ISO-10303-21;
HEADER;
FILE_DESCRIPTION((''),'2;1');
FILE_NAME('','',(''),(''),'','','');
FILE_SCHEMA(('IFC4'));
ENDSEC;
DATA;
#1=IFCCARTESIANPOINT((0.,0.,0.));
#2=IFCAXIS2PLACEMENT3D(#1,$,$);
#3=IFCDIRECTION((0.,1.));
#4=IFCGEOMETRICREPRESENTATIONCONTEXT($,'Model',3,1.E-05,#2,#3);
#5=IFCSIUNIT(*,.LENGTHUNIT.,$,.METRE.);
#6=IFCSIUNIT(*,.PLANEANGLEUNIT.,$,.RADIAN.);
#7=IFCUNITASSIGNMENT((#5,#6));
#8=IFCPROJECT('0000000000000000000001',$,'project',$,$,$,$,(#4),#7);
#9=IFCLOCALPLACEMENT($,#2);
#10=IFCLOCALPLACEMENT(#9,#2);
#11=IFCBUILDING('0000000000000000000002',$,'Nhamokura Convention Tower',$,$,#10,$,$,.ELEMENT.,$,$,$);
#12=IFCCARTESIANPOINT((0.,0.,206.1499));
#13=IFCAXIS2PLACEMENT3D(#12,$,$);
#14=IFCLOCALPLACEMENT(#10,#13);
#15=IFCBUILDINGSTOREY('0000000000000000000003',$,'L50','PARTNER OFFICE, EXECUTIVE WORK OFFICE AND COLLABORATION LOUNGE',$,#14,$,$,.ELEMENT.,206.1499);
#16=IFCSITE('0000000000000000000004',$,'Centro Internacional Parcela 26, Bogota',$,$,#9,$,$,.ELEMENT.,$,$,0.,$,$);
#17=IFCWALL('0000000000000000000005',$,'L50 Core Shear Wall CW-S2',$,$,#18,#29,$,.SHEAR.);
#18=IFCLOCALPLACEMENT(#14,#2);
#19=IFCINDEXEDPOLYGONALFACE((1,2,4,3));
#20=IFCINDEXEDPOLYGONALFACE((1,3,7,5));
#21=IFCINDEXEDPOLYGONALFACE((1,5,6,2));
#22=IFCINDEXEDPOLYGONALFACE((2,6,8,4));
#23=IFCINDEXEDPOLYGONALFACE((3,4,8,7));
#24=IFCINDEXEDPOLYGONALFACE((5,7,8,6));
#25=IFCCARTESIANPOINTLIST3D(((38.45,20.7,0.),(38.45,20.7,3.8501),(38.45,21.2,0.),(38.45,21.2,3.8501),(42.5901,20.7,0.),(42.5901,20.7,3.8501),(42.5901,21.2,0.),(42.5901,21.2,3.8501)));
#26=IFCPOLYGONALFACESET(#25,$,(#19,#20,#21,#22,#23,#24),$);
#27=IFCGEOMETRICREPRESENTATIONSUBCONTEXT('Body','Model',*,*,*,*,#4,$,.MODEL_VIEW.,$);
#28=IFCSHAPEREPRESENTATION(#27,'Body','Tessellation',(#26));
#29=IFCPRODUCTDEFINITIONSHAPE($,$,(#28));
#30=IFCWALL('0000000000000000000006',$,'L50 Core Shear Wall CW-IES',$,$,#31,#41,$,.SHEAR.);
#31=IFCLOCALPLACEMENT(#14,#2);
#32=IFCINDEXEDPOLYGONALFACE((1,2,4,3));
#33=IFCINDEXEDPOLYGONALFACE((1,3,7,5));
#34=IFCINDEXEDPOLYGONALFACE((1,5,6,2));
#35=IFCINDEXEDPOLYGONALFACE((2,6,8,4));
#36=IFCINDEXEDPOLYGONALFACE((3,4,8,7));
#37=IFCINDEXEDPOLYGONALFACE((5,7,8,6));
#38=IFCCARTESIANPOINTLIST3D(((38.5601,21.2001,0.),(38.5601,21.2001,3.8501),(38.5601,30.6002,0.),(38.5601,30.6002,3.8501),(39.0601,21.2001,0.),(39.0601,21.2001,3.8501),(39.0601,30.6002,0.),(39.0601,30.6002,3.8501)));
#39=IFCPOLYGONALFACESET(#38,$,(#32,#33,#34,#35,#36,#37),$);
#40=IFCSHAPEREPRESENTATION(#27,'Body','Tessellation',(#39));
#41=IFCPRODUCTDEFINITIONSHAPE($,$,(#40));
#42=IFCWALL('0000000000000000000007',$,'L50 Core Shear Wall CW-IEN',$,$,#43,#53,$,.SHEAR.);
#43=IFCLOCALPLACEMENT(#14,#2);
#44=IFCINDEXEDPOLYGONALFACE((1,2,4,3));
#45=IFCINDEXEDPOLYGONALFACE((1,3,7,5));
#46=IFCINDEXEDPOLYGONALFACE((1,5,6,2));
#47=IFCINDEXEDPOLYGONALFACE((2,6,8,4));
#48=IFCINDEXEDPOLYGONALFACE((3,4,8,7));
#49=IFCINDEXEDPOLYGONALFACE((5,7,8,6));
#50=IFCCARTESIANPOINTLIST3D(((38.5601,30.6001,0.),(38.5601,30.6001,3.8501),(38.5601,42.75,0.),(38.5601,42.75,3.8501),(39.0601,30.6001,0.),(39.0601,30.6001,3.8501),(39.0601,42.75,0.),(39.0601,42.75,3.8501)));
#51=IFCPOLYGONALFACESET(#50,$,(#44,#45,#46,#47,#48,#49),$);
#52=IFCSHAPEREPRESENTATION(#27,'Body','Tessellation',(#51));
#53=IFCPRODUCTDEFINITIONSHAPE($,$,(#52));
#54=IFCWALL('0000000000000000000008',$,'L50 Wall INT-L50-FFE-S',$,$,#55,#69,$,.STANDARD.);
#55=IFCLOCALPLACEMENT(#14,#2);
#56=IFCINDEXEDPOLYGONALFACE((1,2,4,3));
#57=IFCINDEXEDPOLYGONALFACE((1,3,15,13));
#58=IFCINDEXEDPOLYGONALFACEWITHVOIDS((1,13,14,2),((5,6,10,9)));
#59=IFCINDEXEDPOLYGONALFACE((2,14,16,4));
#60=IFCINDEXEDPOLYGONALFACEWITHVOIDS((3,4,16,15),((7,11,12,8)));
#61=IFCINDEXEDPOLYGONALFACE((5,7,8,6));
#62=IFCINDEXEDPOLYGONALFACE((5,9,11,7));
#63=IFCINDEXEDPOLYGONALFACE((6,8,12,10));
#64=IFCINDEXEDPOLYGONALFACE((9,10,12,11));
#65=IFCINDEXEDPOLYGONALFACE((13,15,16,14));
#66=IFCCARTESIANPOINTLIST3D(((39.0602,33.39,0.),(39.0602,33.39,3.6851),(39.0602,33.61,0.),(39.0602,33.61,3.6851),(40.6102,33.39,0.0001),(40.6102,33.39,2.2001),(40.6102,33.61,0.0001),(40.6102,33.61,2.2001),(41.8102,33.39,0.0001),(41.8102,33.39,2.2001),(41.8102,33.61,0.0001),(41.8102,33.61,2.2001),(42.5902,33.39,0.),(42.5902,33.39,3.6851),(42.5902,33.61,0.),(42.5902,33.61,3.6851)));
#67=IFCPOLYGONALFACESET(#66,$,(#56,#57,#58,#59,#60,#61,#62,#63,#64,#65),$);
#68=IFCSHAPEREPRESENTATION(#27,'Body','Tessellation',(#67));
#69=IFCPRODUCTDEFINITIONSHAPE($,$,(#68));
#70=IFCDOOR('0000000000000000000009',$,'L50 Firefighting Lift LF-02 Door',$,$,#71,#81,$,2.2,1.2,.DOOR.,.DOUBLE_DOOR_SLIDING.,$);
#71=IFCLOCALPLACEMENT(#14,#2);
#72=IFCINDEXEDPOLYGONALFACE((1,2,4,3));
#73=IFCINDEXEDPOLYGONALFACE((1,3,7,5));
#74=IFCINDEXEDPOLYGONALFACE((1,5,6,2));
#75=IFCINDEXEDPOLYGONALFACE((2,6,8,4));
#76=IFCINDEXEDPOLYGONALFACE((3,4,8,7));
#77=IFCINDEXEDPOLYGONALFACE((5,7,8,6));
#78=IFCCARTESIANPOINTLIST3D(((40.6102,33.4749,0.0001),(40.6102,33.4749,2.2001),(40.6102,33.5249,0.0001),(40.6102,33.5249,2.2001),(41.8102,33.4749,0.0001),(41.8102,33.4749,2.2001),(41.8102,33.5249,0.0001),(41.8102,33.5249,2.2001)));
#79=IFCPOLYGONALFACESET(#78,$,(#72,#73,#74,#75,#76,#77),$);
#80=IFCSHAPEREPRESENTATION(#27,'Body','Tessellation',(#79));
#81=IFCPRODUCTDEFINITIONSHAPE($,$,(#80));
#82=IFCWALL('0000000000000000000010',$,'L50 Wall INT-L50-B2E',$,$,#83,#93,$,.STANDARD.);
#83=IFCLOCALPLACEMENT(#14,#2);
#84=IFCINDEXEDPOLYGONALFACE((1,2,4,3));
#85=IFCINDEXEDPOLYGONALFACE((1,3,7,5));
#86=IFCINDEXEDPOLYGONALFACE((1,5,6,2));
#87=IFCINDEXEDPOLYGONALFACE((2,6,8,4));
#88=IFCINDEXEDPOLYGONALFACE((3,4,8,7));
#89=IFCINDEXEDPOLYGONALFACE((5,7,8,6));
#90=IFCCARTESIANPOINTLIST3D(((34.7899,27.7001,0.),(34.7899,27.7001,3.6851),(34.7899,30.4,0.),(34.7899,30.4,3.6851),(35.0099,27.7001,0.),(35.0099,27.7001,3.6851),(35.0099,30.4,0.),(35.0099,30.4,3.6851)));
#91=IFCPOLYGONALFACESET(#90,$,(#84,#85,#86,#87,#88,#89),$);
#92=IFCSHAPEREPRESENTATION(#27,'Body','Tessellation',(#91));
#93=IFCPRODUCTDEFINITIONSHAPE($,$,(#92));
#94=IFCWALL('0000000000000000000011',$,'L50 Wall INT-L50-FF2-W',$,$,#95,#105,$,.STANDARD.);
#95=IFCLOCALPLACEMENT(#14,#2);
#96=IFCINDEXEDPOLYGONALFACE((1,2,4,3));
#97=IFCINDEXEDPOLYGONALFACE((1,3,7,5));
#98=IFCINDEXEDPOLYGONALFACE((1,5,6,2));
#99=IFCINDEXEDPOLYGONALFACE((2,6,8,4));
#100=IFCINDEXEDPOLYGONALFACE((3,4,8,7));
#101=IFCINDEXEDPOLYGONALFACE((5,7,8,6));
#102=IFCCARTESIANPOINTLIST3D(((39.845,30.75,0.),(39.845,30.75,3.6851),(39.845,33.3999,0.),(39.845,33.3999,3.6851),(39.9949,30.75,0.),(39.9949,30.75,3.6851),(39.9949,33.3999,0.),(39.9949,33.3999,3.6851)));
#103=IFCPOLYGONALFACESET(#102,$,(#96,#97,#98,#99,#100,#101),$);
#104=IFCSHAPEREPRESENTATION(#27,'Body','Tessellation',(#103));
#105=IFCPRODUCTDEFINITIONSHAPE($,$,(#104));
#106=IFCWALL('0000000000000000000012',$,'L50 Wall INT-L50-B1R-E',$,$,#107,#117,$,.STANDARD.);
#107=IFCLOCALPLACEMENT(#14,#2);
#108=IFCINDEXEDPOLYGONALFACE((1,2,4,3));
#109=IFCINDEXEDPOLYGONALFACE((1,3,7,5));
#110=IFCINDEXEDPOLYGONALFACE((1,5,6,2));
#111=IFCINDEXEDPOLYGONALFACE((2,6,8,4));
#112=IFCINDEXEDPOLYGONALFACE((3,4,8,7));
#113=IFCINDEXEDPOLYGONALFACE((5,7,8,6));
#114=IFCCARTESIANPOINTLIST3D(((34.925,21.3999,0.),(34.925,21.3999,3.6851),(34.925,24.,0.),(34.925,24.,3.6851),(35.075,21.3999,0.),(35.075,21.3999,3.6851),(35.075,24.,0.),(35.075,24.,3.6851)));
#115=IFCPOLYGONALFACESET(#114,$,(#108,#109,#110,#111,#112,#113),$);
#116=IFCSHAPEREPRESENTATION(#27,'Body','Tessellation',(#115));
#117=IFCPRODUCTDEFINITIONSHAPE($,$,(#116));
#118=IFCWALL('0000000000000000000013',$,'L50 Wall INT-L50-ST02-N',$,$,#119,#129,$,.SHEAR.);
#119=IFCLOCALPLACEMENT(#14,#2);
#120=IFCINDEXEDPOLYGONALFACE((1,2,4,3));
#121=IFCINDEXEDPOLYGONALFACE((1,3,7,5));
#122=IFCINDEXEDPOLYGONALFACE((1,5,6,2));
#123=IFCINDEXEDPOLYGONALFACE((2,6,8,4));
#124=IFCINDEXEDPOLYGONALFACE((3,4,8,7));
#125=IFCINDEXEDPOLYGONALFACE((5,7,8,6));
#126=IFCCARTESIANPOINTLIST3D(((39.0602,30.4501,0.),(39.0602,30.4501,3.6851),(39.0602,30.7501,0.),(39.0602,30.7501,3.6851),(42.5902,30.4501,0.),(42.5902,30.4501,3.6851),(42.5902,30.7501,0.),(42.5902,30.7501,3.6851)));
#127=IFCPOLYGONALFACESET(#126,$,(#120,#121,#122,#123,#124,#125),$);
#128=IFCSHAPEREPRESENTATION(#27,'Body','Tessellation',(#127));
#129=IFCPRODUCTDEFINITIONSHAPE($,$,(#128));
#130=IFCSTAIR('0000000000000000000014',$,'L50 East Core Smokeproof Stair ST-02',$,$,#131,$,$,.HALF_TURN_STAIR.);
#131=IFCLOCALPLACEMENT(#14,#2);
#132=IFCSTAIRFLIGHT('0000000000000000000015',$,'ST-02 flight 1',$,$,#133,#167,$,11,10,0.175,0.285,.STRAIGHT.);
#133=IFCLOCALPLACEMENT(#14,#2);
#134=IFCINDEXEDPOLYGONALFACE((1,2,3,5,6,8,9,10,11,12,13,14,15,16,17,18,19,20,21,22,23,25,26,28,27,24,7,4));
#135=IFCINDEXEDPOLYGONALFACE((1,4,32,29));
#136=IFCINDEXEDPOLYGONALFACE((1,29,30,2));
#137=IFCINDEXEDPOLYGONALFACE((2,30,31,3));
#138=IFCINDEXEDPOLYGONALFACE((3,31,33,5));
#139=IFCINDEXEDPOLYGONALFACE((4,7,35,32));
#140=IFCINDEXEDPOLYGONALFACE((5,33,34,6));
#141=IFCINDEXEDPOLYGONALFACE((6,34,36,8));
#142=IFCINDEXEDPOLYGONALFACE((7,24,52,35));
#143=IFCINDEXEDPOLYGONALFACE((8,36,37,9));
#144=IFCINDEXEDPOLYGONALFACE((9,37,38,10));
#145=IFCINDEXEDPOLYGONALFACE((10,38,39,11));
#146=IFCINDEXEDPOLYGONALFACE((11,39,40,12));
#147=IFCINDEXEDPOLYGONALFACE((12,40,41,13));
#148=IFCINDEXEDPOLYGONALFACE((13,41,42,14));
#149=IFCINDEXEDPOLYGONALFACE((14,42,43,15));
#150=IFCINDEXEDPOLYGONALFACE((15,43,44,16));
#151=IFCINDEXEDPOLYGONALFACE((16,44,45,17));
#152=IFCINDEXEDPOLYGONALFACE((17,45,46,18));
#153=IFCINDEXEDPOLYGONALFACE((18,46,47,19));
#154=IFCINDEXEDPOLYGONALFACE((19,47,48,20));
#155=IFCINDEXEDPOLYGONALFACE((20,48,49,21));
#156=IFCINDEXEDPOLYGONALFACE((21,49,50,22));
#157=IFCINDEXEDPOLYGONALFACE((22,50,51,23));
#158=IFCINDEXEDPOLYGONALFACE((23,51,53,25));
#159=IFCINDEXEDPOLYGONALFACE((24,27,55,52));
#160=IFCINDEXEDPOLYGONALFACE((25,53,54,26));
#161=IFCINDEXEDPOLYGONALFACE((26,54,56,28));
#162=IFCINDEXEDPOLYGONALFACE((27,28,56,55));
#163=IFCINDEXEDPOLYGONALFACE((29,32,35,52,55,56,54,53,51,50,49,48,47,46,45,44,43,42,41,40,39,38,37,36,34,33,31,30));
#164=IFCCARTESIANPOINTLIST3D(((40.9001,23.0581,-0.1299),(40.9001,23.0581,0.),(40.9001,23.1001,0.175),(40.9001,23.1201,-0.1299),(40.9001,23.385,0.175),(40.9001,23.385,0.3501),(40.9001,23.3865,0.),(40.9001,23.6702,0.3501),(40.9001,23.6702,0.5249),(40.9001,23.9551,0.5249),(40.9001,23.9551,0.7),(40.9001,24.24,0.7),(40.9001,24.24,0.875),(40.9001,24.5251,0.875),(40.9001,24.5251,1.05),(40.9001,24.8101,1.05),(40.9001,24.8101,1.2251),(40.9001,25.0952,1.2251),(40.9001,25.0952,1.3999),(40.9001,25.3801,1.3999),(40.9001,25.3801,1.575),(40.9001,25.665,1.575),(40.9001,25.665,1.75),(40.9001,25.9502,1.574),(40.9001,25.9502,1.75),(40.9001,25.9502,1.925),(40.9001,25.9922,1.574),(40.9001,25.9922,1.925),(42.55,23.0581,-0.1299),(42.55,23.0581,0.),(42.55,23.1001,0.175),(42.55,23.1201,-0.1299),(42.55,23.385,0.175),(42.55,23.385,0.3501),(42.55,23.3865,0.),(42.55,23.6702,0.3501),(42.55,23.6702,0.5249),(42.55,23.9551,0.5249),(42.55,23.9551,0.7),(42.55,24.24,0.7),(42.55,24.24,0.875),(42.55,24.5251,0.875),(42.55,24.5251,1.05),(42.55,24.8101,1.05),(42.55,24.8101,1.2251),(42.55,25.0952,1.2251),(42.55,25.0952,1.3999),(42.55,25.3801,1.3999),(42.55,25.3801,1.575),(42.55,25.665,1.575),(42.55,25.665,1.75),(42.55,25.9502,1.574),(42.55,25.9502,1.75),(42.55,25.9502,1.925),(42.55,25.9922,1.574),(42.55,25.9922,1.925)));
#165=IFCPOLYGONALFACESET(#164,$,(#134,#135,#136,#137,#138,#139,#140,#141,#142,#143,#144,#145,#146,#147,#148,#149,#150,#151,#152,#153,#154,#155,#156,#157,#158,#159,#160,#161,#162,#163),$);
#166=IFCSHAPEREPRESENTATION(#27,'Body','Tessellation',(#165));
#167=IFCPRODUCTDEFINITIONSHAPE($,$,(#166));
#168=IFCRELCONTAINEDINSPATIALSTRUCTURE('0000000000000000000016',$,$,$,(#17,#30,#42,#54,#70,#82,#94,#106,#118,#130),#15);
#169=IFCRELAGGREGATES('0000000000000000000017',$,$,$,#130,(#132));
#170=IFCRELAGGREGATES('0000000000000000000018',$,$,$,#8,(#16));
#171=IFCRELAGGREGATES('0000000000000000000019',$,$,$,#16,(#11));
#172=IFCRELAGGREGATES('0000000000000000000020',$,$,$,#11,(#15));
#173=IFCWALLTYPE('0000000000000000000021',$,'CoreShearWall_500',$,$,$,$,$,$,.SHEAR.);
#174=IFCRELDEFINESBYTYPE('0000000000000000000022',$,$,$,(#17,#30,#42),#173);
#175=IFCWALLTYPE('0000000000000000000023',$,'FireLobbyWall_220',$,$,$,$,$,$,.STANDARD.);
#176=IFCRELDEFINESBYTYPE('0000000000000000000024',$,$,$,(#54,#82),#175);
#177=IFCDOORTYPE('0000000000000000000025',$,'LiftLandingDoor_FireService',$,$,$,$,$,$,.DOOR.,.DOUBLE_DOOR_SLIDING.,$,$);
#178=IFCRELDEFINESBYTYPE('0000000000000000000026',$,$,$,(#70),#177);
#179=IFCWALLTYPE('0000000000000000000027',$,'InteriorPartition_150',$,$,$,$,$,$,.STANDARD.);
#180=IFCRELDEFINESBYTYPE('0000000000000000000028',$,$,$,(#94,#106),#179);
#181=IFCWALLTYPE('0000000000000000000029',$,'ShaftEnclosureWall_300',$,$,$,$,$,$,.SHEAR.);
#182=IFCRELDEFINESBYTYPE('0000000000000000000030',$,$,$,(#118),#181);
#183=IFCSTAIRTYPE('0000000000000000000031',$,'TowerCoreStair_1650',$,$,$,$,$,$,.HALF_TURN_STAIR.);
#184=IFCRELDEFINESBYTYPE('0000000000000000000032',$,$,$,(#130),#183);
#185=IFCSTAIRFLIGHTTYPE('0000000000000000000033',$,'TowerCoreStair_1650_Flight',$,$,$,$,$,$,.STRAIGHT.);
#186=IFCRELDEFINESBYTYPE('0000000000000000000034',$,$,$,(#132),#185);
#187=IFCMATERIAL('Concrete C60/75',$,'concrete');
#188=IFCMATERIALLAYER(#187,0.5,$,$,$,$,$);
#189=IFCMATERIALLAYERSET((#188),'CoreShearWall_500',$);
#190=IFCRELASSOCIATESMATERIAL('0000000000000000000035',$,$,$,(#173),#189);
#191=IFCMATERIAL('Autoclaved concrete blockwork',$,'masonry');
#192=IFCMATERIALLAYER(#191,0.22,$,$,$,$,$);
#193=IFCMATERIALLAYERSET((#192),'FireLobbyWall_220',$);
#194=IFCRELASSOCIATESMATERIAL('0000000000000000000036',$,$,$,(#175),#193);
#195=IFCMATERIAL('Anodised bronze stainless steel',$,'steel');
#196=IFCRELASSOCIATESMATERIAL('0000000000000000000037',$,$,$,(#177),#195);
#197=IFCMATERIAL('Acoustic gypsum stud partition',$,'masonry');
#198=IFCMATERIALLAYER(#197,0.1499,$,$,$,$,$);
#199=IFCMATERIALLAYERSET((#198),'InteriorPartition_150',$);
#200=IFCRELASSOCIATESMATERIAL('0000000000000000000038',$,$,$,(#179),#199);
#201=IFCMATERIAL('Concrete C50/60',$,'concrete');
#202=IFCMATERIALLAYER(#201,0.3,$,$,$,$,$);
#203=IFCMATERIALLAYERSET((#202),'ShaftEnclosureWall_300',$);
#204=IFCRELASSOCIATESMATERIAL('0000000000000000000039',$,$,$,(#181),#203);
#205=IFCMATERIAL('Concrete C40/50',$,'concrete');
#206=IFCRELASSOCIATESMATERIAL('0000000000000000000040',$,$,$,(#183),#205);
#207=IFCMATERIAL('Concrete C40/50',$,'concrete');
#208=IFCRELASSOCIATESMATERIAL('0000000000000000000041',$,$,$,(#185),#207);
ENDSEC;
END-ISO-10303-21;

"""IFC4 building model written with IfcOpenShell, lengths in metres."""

from ifc_helpers import new_model, si_unit, direction, frame, frame_2d, origin, place, context, subcontext, project, spatial, polyline, rectangle, outline, extrude, material, layer, layer_set, type_object, element, fill, aggregate, save


model = new_model("IFC4")

# Units and contexts
model_context = context("Model", 3, precision=1e-05, world=origin(), true_north=direction((0.0, 1.0)))
body_context = subcontext(model_context, "Body", "Model", "MODEL_VIEW")
ifc_project = project(units=[si_unit("LENGTHUNIT", "METRE"), si_unit("PLANEANGLEUNIT", "RADIAN")], contexts=[model_context])

# Site, building, storey
site_placement = place(None, origin())
site = spatial("IfcSite", under=ifc_project, at=site_placement, Name="Centro Internacional Parcela 26, Bogota", CompositionType="ELEMENT", RefElevation=0.0)
building_placement = place(site_placement, origin())
building = spatial("IfcBuilding", under=site, at=building_placement, Name="Nhamokura Convention Tower", CompositionType="ELEMENT")
storey_placement = place(building_placement, frame((0.0, 0.0, 206.1499)))
storey = spatial("IfcBuildingStorey", under=building, at=storey_placement, Name="L50", Description="PARTNER OFFICE, EXECUTIVE WORK OFFICE AND COLLABORATION LOUNGE", CompositionType="ELEMENT", Elevation=206.1499)

# Shared definitions
ifc_material_1 = material(Name="Concrete C60/75", Category="concrete")
ifc_layer_1 = layer(ifc_material_1, 0.5)
ifc_layer_set_1 = layer_set([ifc_layer_1], Name="CoreShearWall_500")
wall_type_1 = type_object("IfcWallType", Name="CoreShearWall_500", PredefinedType="SHEAR", material=ifc_layer_set_1)

# Walls
wall_1_placement = place(storey_placement, frame((38.45, 20.95, 0.0), z_axis=(0.0, 0.0, 1.0), x_axis=(1.0, 0.0, 0.0)))
element("IfcWall", 1, at=wall_1_placement, inside=storey, type_object=wall_type_1, Name="L50 Core Shear Wall CW-S2", PredefinedType="SHEAR", context=body_context, shape_type="SweptSolid", body=[
    extrude(rectangle(XDim=4.1401, YDim=0.5, at=frame_2d((2.0701, 0.0))), origin(), (0.0, 0.0, 1.0), 3.8501),
])
wall_2_placement = place(storey_placement, frame((38.8101, 21.2, 0.0), z_axis=(0.0, 0.0, 1.0), x_axis=(0.0, 1.0, 0.0)))
element("IfcWall", 2, at=wall_2_placement, inside=storey, type_object=wall_type_1, Name="L50 Core Shear Wall CW-IES", PredefinedType="SHEAR", context=body_context, shape_type="SweptSolid", body=[
    extrude(rectangle(XDim=9.4001, YDim=0.5, at=frame_2d((4.7002, 0.0))), origin(), (0.0, 0.0, 1.0), 3.8501),
])
wall_3_placement = place(storey_placement, frame((38.8101, 30.6001, 0.0), z_axis=(0.0, 0.0, 1.0), x_axis=(0.0, 1.0, 0.0)))
element("IfcWall", 3, at=wall_3_placement, inside=storey, type_object=wall_type_1, Name="L50 Core Shear Wall CW-IEN", PredefinedType="SHEAR", context=body_context, shape_type="SweptSolid", body=[
    extrude(rectangle(XDim=12.1499, YDim=0.5, at=frame_2d((6.075, 0.0))), origin(), (0.0, 0.0, 1.0), 3.8501),
])

# Wall, opening, door
ifc_material_2 = material(Name="Autoclaved concrete blockwork", Category="masonry")
ifc_layer_2 = layer(ifc_material_2, 0.22)
ifc_layer_set_2 = layer_set([ifc_layer_2], Name="FireLobbyWall_220")
wall_type_2 = type_object("IfcWallType", Name="FireLobbyWall_220", PredefinedType="STANDARD", material=ifc_layer_set_2)
wall_4_placement = place(storey_placement, frame((39.0601, 33.5, 0.0), z_axis=(0.0, 0.0, 1.0), x_axis=(1.0, 0.0, 0.0)))
wall_4 = element("IfcWall", 4, at=wall_4_placement, inside=storey, type_object=wall_type_2, Name="L50 Wall INT-L50-FFE-S", PredefinedType="STANDARD", context=body_context, shape_type="SweptSolid", body=[
    extrude(rectangle(XDim=3.53, YDim=0.22, at=frame_2d((1.7651, 0.0))), origin(), (0.0, 0.0, 1.0), 3.6851),
])
opening_1_placement = place(wall_4_placement, frame((1.55, 0.0, 0.0)))
opening_1 = element("IfcOpeningElement", 5, at=opening_1_placement, cuts=wall_4, PredefinedType="OPENING", context=body_context, shape_type="SweptSolid", body=[
    extrude(rectangle(XDim=1.2, YDim=2.2, at=frame_2d((0.6001, 1.1001))), frame((0.0, 0.1199, 0.0), z_axis=(0.0, -1.0, 0.0), x_axis=(1.0, 0.0, 0.0)), (0.0, 0.0, 1.0), 0.24),
])
ifc_material_3 = material(Name="Anodised bronze stainless steel", Category="steel")
door_type_1 = type_object("IfcDoorType", Name="LiftLandingDoor_FireService", OperationType="DOUBLE_DOOR_SLIDING", PredefinedType="DOOR", material=ifc_material_3)
door_1_placement = place(opening_1_placement, origin())
door_1 = element("IfcDoor", 6, at=door_1_placement, inside=storey, type_object=door_type_1, Name="L50 Firefighting Lift LF-02 Door", OperationType="DOUBLE_DOOR_SLIDING", OverallHeight=2.2, OverallWidth=1.2, PredefinedType="DOOR", context=body_context, shape_type="SweptSolid", body=[
    extrude(rectangle(XDim=1.2, YDim=2.2, at=frame_2d((0.6001, 1.1001))), frame((0.0, 0.0249, 0.0), z_axis=(0.0, -1.0, 0.0), x_axis=(1.0, 0.0, 0.0)), (0.0, 0.0, 1.0), 0.05),
])
fill(opening_1, door_1)

# Walls
wall_5_placement = place(storey_placement, frame((34.8999, 27.7, 0.0), z_axis=(0.0, 0.0, 1.0), x_axis=(0.0, 1.0, 0.0)))
element("IfcWall", 7, at=wall_5_placement, inside=storey, type_object=wall_type_2, Name="L50 Wall INT-L50-B2E", PredefinedType="STANDARD", context=body_context, shape_type="SweptSolid", body=[
    extrude(rectangle(XDim=2.7, YDim=0.22, at=frame_2d((1.3501, 0.0))), origin(), (0.0, 0.0, 1.0), 3.6851),
])
ifc_material_4 = material(Name="Acoustic gypsum stud partition", Category="masonry")
ifc_layer_3 = layer(ifc_material_4, 0.1499)
ifc_layer_set_3 = layer_set([ifc_layer_3], Name="InteriorPartition_150")
wall_type_3 = type_object("IfcWallType", Name="InteriorPartition_150", PredefinedType="STANDARD", material=ifc_layer_set_3)
wall_6_placement = place(storey_placement, frame((39.9199, 30.75, 0.0), z_axis=(0.0, 0.0, 1.0), x_axis=(0.0, 1.0, 0.0)))
element("IfcWall", 8, at=wall_6_placement, inside=storey, type_object=wall_type_3, Name="L50 Wall INT-L50-FF2-W", PredefinedType="STANDARD", context=body_context, shape_type="SweptSolid", body=[
    extrude(rectangle(XDim=2.6499, YDim=0.1499, at=frame_2d((1.325, 0.0))), origin(), (0.0, 0.0, 1.0), 3.6851),
])
wall_7_placement = place(storey_placement, frame((35.0, 21.3999, 0.0), z_axis=(0.0, 0.0, 1.0), x_axis=(0.0, 1.0, 0.0)))
element("IfcWall", 9, at=wall_7_placement, inside=storey, type_object=wall_type_3, Name="L50 Wall INT-L50-B1R-E", PredefinedType="STANDARD", context=body_context, shape_type="SweptSolid", body=[
    extrude(rectangle(XDim=2.6001, YDim=0.1499, at=frame_2d((1.3, 0.0))), origin(), (0.0, 0.0, 1.0), 3.6851),
])
ifc_material_5 = material(Name="Concrete C50/60", Category="concrete")
ifc_layer_4 = layer(ifc_material_5, 0.3)
ifc_layer_set_4 = layer_set([ifc_layer_4], Name="ShaftEnclosureWall_300")
wall_type_4 = type_object("IfcWallType", Name="ShaftEnclosureWall_300", PredefinedType="SHEAR", material=ifc_layer_set_4)
wall_8_placement = place(storey_placement, frame((39.0601, 30.6001, 0.0), z_axis=(0.0, 0.0, 1.0), x_axis=(1.0, 0.0, 0.0)))
element("IfcWall", 10, at=wall_8_placement, inside=storey, type_object=wall_type_4, Name="L50 Wall INT-L50-ST02-N", PredefinedType="SHEAR", context=body_context, shape_type="SweptSolid", body=[
    extrude(rectangle(XDim=3.53, YDim=0.3, at=frame_2d((1.7651, 0.0))), origin(), (0.0, 0.0, 1.0), 3.6851),
])

# Stair, stair flight
ifc_material_6 = material(Name="Concrete C40/50", Category="concrete")
stair_type = type_object("IfcStairType", Name="TowerCoreStair_1650", PredefinedType="HALF_TURN_STAIR", material=ifc_material_6)
stair_placement = place(storey_placement, origin())
stair = element("IfcStair", 11, at=stair_placement, inside=storey, type_object=stair_type, Name="L50 East Core Smokeproof Stair ST-02", PredefinedType="HALF_TURN_STAIR")
ifc_material_7 = material(Name="Concrete C40/50", Category="concrete")
stair_flight_type = type_object("IfcStairFlightType", Name="TowerCoreStair_1650_Flight", PredefinedType="STRAIGHT", material=ifc_material_7)
stair_flight_1_placement = place(storey_placement, frame((41.7251, 23.1001, 0.0), z_axis=(0.0, 0.0, 1.0), x_axis=(0.0, 1.0, 0.0)))
stair_flight_1 = element("IfcStairFlight", 12, at=stair_flight_1_placement, type_object=stair_flight_type, Name="ST-02 flight 1", NumberOfRisers=11, NumberOfTreads=10, PredefinedType="STRAIGHT", RiserHeight=0.175, TreadLength=0.285, context=body_context, shape_type="SweptSolid", body=[
    extrude(outline(polyline([(-0.042, 0.0), (0.0, 0.175), (0.2849, 0.175), (0.2849, 0.3501), (0.5701, 0.3501), (0.5701, 0.5249), (0.855, 0.5249), (0.855, 0.7), (1.1399, 0.7), (1.1399, 0.875), (1.425, 0.875), (1.425, 1.05), (1.71, 1.05), (1.71, 1.2251), (1.9951, 1.2251), (1.9951, 1.3999), (2.28, 1.3999), (2.28, 1.575), (2.5649, 1.575), (2.5649, 1.75), (2.8501, 1.75), (2.8501, 1.925), (2.8921, 1.925), (2.8921, 1.574), (2.8501, 1.574), (0.2864, 0.0), (0.02, -0.1299), (-0.042, -0.1299), (-0.042, 0.0)])), frame((0.0, 0.825, 0.0), z_axis=(0.0, -1.0, 0.0), x_axis=(1.0, 0.0, 0.0)), (0.0, 0.0, 1.0), 1.6499),
])
aggregate(stair, [stair_flight_1])

save(model, "model.ifc")
